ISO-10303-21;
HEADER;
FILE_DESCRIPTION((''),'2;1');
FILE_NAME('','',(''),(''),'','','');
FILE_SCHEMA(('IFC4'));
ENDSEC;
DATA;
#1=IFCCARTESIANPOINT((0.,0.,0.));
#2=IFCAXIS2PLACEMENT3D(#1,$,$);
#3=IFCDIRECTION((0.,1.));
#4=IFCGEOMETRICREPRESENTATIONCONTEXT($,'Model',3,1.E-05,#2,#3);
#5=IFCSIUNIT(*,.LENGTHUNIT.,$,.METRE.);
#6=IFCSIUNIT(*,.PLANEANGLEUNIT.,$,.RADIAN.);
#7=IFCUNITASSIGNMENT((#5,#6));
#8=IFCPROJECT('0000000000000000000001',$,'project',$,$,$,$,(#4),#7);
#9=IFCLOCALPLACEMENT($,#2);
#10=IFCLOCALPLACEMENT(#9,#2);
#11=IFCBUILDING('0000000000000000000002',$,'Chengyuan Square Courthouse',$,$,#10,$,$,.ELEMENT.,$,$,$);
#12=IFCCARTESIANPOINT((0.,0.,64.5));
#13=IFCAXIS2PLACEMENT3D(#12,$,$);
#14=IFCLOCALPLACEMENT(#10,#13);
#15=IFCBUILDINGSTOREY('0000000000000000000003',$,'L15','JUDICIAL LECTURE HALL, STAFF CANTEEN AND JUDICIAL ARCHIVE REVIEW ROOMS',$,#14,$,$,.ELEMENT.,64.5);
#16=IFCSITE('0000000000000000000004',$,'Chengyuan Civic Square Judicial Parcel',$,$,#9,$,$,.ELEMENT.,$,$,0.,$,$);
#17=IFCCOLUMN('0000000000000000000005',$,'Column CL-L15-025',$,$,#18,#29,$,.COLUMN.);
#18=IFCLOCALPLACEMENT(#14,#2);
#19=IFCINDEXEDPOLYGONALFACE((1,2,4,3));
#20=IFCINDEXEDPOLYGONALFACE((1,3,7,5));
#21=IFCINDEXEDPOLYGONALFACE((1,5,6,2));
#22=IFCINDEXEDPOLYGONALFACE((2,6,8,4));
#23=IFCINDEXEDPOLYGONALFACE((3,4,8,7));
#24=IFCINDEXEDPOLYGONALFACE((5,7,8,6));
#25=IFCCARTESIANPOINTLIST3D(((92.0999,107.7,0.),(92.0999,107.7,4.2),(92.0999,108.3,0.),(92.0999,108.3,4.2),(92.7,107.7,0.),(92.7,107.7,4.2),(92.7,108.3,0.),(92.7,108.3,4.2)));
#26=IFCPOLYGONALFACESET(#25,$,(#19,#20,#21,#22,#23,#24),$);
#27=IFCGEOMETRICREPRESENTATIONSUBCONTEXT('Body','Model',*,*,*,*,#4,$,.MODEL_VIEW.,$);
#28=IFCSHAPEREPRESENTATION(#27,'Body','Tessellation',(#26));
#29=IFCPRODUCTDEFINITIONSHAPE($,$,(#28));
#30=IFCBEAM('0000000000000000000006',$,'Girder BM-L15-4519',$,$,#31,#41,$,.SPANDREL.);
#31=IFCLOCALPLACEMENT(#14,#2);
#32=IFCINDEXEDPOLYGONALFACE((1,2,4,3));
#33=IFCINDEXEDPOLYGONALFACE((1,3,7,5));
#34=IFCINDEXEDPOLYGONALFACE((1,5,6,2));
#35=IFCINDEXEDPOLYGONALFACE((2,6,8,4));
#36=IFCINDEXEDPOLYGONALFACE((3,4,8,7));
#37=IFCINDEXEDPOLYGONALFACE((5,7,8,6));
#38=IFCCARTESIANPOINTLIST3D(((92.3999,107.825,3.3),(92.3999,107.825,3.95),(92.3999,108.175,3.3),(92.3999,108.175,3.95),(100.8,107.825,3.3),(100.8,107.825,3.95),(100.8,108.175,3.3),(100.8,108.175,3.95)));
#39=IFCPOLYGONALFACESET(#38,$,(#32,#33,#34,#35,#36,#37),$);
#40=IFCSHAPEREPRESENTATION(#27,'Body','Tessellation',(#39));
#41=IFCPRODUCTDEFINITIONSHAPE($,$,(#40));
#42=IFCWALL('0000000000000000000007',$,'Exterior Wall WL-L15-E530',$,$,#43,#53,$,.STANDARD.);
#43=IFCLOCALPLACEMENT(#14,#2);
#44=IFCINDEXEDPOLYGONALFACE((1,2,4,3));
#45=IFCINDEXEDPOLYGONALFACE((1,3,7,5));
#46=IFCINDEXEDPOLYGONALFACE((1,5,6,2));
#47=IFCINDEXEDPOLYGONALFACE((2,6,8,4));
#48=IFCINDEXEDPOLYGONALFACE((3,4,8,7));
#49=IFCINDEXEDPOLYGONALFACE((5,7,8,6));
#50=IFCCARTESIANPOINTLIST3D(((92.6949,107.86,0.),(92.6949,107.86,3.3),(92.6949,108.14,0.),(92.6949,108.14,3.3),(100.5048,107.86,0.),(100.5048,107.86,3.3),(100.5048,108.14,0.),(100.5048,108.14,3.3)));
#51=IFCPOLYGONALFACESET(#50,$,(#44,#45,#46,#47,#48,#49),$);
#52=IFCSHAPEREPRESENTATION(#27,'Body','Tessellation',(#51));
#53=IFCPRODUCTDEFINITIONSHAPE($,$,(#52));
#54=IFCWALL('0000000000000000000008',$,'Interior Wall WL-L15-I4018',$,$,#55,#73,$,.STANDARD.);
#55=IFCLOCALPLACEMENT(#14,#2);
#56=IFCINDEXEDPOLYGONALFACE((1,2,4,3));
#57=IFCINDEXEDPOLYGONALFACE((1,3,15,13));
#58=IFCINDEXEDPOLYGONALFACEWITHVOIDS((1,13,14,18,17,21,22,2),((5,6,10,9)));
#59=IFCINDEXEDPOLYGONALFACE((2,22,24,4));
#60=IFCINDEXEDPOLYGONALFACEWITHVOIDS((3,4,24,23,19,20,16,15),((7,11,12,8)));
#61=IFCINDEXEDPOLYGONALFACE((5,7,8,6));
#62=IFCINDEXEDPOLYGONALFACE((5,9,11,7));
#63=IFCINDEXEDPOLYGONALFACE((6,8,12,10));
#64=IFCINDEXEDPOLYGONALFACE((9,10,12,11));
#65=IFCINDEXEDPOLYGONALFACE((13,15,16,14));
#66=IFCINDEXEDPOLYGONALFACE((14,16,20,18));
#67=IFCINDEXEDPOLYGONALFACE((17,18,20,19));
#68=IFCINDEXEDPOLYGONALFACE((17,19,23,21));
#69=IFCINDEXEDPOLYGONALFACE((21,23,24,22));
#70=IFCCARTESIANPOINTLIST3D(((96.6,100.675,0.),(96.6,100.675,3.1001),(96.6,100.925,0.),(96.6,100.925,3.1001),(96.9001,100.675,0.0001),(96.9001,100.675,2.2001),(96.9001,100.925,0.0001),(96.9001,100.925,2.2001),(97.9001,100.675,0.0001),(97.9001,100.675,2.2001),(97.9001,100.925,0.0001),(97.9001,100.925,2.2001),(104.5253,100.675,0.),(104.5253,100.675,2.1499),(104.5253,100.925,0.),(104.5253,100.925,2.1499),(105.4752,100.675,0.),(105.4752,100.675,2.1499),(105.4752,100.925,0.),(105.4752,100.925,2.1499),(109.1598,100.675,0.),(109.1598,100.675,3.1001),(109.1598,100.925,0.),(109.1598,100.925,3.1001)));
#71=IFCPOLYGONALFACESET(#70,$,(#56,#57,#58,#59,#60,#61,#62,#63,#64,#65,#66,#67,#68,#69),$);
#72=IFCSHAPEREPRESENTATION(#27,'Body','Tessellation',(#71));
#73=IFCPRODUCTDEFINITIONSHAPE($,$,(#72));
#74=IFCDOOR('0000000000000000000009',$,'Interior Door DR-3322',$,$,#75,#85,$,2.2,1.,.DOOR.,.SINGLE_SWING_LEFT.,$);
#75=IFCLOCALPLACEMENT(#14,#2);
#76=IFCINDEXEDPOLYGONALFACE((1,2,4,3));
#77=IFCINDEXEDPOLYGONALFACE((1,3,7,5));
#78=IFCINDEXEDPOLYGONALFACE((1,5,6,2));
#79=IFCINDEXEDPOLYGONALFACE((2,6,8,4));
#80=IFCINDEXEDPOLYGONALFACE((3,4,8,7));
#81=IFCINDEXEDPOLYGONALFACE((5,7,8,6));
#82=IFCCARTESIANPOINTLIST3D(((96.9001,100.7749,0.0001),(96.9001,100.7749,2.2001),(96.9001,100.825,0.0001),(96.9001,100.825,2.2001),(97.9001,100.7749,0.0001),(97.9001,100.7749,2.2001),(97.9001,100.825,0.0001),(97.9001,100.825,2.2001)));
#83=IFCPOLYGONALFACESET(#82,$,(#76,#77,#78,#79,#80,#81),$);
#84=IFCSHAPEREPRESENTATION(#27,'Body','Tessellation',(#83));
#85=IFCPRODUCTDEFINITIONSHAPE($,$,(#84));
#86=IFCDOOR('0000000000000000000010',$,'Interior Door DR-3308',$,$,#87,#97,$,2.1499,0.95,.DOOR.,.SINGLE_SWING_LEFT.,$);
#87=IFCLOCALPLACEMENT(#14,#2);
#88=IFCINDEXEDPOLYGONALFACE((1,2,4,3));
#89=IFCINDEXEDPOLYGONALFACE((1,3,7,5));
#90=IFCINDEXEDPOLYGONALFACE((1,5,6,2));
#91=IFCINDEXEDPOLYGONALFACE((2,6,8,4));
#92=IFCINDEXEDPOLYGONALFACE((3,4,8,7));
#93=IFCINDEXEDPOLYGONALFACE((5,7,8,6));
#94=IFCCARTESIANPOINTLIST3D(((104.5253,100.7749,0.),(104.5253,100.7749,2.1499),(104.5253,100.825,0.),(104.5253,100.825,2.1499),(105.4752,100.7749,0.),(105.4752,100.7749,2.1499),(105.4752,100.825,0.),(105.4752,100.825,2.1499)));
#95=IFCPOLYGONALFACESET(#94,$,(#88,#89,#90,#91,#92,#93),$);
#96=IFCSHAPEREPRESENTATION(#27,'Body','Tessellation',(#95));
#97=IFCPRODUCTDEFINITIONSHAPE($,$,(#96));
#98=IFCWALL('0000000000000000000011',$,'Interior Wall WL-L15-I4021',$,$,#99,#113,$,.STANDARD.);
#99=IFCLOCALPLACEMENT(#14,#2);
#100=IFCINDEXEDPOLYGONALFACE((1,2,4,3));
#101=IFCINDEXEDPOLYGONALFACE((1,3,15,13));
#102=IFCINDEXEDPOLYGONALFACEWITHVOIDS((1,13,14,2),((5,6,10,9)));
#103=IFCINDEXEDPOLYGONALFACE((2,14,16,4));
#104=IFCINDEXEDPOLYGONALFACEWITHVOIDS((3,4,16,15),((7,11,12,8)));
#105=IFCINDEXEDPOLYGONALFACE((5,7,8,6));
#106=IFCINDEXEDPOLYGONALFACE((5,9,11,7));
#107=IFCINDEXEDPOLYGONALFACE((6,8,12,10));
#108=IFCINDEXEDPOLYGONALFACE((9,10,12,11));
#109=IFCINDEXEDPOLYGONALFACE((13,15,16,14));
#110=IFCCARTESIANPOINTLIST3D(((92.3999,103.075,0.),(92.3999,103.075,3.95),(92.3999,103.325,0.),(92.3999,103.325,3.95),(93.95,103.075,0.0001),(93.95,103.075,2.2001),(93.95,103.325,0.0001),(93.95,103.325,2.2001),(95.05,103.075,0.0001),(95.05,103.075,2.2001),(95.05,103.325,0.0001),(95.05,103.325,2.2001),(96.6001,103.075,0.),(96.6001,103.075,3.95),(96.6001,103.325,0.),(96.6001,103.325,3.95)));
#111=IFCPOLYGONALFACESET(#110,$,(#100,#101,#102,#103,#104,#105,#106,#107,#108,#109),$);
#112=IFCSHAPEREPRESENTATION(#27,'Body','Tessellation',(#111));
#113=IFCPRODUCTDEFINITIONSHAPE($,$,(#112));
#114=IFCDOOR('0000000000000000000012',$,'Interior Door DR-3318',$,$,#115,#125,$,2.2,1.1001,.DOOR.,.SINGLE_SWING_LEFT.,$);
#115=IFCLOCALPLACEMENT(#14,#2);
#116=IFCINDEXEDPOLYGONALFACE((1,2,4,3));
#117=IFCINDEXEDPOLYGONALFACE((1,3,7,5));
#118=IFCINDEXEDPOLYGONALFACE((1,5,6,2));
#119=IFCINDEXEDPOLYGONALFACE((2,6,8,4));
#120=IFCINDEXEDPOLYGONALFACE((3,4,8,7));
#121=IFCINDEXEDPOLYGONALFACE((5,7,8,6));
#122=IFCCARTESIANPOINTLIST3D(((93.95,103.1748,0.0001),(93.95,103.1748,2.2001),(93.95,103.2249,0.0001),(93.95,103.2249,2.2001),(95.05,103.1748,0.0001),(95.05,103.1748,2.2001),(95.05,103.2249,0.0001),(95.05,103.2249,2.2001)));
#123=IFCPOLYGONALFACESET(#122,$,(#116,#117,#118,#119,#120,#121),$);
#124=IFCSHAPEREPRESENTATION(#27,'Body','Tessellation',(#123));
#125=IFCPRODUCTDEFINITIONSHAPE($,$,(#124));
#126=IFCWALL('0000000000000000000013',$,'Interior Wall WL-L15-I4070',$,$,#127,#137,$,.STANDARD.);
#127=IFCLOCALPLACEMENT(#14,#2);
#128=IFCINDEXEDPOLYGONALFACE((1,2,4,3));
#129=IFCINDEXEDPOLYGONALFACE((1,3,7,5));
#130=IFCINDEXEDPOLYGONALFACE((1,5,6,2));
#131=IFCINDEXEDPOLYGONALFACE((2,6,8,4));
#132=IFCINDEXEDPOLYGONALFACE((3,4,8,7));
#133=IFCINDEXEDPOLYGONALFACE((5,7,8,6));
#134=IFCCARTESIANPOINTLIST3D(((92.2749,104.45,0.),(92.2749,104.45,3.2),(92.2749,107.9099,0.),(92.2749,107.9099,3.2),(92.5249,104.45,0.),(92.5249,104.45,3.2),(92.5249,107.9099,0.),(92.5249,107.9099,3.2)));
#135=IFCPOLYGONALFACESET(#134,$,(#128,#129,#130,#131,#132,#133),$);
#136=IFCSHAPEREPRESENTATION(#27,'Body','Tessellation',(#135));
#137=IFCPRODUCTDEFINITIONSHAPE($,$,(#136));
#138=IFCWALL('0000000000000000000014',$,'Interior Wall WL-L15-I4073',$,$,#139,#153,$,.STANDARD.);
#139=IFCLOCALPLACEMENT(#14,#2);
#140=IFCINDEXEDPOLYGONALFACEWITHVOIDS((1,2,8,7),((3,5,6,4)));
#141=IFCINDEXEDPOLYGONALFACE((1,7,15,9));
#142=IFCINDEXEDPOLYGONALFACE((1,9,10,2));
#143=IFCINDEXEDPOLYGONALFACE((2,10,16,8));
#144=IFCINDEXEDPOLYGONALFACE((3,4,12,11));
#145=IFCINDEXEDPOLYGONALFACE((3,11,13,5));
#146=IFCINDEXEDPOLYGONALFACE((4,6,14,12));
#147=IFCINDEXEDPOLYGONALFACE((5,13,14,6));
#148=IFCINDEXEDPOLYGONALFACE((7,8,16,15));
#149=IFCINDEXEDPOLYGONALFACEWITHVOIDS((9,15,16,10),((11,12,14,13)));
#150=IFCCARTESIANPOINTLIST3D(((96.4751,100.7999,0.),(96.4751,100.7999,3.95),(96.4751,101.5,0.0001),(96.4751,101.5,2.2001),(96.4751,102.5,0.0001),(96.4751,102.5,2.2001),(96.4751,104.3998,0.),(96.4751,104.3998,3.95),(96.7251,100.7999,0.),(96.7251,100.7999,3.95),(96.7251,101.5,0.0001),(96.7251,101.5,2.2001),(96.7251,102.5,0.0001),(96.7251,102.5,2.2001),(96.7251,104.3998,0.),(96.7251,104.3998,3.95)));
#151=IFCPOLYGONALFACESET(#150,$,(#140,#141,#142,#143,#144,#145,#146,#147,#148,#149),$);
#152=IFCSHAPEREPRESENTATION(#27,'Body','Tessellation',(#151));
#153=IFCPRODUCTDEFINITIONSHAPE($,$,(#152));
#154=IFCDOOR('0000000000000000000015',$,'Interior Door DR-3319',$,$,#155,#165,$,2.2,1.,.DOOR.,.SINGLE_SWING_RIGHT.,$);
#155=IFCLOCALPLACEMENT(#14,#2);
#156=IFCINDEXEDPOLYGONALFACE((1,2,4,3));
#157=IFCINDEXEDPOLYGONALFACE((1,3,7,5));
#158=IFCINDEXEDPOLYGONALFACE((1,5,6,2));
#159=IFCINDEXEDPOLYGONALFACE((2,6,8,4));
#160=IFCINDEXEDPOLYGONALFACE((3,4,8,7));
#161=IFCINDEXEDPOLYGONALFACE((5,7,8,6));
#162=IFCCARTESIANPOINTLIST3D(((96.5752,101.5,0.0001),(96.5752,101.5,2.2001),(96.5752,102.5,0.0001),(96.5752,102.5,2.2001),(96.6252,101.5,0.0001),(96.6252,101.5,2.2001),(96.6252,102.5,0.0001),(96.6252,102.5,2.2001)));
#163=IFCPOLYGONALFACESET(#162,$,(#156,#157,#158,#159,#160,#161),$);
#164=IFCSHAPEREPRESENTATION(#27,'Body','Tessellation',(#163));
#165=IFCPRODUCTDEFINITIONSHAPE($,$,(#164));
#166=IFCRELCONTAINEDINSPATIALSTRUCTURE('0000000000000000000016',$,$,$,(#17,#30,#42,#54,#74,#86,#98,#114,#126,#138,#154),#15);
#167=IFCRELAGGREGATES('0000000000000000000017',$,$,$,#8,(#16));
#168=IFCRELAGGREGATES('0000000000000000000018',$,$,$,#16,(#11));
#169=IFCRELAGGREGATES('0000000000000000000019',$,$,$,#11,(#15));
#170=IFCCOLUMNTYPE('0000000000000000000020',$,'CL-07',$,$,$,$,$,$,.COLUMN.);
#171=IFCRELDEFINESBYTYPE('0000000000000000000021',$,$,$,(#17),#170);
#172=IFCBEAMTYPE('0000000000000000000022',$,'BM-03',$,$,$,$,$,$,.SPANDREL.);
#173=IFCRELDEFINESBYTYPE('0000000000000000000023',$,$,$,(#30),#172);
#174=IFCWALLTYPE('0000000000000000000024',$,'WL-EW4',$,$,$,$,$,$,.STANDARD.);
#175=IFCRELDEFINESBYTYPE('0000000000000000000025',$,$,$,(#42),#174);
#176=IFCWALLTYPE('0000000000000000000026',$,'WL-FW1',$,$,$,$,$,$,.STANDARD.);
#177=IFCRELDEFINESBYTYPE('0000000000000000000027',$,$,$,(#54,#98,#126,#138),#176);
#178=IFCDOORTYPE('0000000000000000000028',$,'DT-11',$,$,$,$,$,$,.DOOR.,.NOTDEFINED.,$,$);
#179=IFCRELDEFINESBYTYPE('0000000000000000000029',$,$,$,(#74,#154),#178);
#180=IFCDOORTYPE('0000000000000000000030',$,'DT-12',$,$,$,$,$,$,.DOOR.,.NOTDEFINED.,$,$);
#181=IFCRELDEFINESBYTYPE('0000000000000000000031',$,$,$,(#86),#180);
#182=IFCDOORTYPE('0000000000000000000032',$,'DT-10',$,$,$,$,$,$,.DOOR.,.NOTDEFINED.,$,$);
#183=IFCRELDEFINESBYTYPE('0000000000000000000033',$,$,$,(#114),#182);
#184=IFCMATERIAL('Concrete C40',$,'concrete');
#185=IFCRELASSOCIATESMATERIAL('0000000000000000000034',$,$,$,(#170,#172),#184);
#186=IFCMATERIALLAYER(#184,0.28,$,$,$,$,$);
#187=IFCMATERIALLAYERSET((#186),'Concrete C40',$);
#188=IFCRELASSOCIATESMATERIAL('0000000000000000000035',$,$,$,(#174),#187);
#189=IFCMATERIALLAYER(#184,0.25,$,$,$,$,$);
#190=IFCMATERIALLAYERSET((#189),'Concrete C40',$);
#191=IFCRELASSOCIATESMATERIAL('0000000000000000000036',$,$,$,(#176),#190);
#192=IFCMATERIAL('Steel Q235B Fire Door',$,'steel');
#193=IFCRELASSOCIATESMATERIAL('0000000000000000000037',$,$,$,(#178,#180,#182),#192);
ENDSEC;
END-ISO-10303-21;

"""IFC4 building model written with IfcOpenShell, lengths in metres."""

from ifc_helpers import new_model, si_unit, direction, frame, frame_2d, origin, origin_2d, place, context, subcontext, project, spatial, rectangle, extrude, material, layer, layer_set, material_profile, profile_set, type_object, element, fill, save


model = new_model("IFC4")

# Units and contexts
model_context = context("Model", 3, precision=1e-05, world=origin(), true_north=direction((0.0, 1.0)))
body_context = subcontext(model_context, "Body", "Model", "MODEL_VIEW")
ifc_project = project(units=[si_unit("LENGTHUNIT", "METRE"), si_unit("PLANEANGLEUNIT", "RADIAN")], contexts=[model_context])

# Site, building, storey
site_placement = place(None, origin())
site = spatial("IfcSite", under=ifc_project, at=site_placement, Name="Chengyuan Civic Square Judicial Parcel", CompositionType="ELEMENT", RefElevation=0.0)
building_placement = place(site_placement, origin())
building = spatial("IfcBuilding", under=site, at=building_placement, Name="Chengyuan Square Courthouse", CompositionType="ELEMENT")
storey_placement = place(building_placement, frame((0.0, 0.0, 64.5)))
storey = spatial("IfcBuildingStorey", under=building, at=storey_placement, Name="L15", Description="JUDICIAL LECTURE HALL, STAFF CANTEEN AND JUDICIAL ARCHIVE REVIEW ROOMS", CompositionType="ELEMENT", Elevation=64.5)

# Column
ifc_material_1 = material(Name="Concrete C40", Category="concrete")
ifc_material_profile_1 = material_profile(ifc_material_1, rectangle(XDim=0.6001, YDim=0.6001, at=origin_2d()), Name="RC-COL-600x600")
ifc_profile_set_1 = profile_set([ifc_material_profile_1], Name="Concrete C40")
column_type = type_object("IfcColumnType", Name="CL-07", PredefinedType="COLUMN", material=ifc_profile_set_1)
column_placement = place(storey_placement, frame((92.3999, 108.0, 0.0), z_axis=(0.0, 0.0, 1.0), x_axis=(1.0, 0.0, 0.0)))
element("IfcColumn", 1, at=column_placement, inside=storey, type_object=column_type, Name="Column CL-L15-025", PredefinedType="COLUMN", context=body_context, shape_type="SweptSolid", body=[
    extrude(rectangle(XDim=0.6001, YDim=0.6001, at=origin_2d()), origin(), (0.0, 0.0, 1.0), 4.2),
])

# Beam
ifc_material_profile_2 = material_profile(ifc_material_1, rectangle(XDim=0.3501, YDim=0.6499, at=origin_2d()), Name="RC-BM-350x650")
ifc_profile_set_2 = profile_set([ifc_material_profile_2], Name="Concrete C40")
beam_type = type_object("IfcBeamType", Name="BM-03", PredefinedType="SPANDREL", material=ifc_profile_set_2)
beam_placement = place(storey_placement, frame((92.3999, 108.0, 3.625), z_axis=(1.0, 0.0, 0.0), x_axis=(0.0, 1.0, 0.0)))
element("IfcBeam", 2, at=beam_placement, inside=storey, type_object=beam_type, Name="Girder BM-L15-4519", PredefinedType="SPANDREL", context=body_context, shape_type="SweptSolid", body=[
    extrude(rectangle(XDim=0.3501, YDim=0.6499, at=origin_2d()), origin(), (0.0, 0.0, 1.0), 8.4001),
])

# Wall
ifc_layer_1 = layer(ifc_material_1, 0.28)
ifc_layer_set_1 = layer_set([ifc_layer_1], Name="Concrete C40")
wall_type_1 = type_object("IfcWallType", Name="WL-EW4", PredefinedType="STANDARD", material=ifc_layer_set_1)
wall_1_placement = place(storey_placement, frame((92.6951, 108.0, 0.0), z_axis=(0.0, 0.0, 1.0), x_axis=(1.0, 0.0, 0.0)))
element("IfcWall", 3, at=wall_1_placement, inside=storey, type_object=wall_type_1, Name="Exterior Wall WL-L15-E530", PredefinedType="STANDARD", context=body_context, shape_type="SweptSolid", body=[
    extrude(rectangle(XDim=7.8098, YDim=0.28, at=frame_2d((3.9048, 0.0))), origin(), (0.0, 0.0, 1.0), 3.3),
])

# Wall, openings, doors
ifc_layer_2 = layer(ifc_material_1, 0.25)
ifc_layer_set_2 = layer_set([ifc_layer_2], Name="Concrete C40")
wall_type_2 = type_object("IfcWallType", Name="WL-FW1", PredefinedType="STANDARD", material=ifc_layer_set_2)
wall_2_placement = place(storey_placement, frame((96.6001, 100.8, 0.0), z_axis=(0.0, 0.0, 1.0), x_axis=(1.0, 0.0, 0.0)))
wall_2 = element("IfcWall", 4, at=wall_2_placement, inside=storey, type_object=wall_type_2, Name="Interior Wall WL-L15-I4018", PredefinedType="STANDARD", context=body_context, shape_type="SweptSolid", body=[
    extrude(rectangle(XDim=12.5598, YDim=0.25, at=frame_2d((6.2798, 0.0))), origin(), (0.0, 0.0, 1.0), 3.1001),
])
opening_1_placement = place(wall_2_placement, frame((7.925, 0.0, 0.0)))
opening_1 = element("IfcOpeningElement", 5, at=opening_1_placement, cuts=wall_2, PredefinedType="OPENING", context=body_context, shape_type="SweptSolid", body=[
    extrude(rectangle(XDim=0.95, YDim=2.1499, at=frame_2d((0.4751, 1.075))), frame((0.0, 0.137, 0.0), z_axis=(0.0, -1.0, 0.0), x_axis=(1.0, 0.0, 0.0)), (0.0, 0.0, 1.0), 0.2739),
])
opening_2_placement = place(wall_2_placement, frame((0.3, 0.0, 0.0)))
opening_2 = element("IfcOpeningElement", 6, at=opening_2_placement, cuts=wall_2, PredefinedType="OPENING", context=body_context, shape_type="SweptSolid", body=[
    extrude(rectangle(XDim=1.0, YDim=2.2, at=frame_2d((0.5, 1.1001))), frame((0.0, 0.137, 0.0), z_axis=(0.0, -1.0, 0.0), x_axis=(1.0, 0.0, 0.0)), (0.0, 0.0, 1.0), 0.2739),
])
ifc_material_2 = material(Name="Steel Q235B Fire Door", Category="steel")
door_type_1 = type_object("IfcDoorType", Name="DT-11", OperationType="NOTDEFINED", PredefinedType="DOOR", material=ifc_material_2)
door_1_placement = place(opening_2_placement, origin())
door_1 = element("IfcDoor", 7, at=door_1_placement, inside=storey, type_object=door_type_1, Name="Interior Door DR-3322", OperationType="SINGLE_SWING_LEFT", OverallHeight=2.2, OverallWidth=1.0, PredefinedType="DOOR", context=body_context, shape_type="SweptSolid", body=[
    extrude(rectangle(XDim=1.0, YDim=2.2, at=frame_2d((0.5, 1.1001))), frame((0.0, 0.0249, 0.0), z_axis=(0.0, -1.0, 0.0), x_axis=(1.0, 0.0, 0.0)), (0.0, 0.0, 1.0), 0.05),
])
fill(opening_2, door_1)
door_type_2 = type_object("IfcDoorType", Name="DT-12", OperationType="NOTDEFINED", PredefinedType="DOOR", material=ifc_material_2)
door_2_placement = place(opening_1_placement, origin())
door_2 = element("IfcDoor", 8, at=door_2_placement, inside=storey, type_object=door_type_2, Name="Interior Door DR-3308", OperationType="SINGLE_SWING_LEFT", OverallHeight=2.1499, OverallWidth=0.95, PredefinedType="DOOR", context=body_context, shape_type="SweptSolid", body=[
    extrude(rectangle(XDim=0.95, YDim=2.1499, at=frame_2d((0.4751, 1.075))), frame((0.0, 0.0249, 0.0), z_axis=(0.0, -1.0, 0.0), x_axis=(1.0, 0.0, 0.0)), (0.0, 0.0, 1.0), 0.05),
])
fill(opening_1, door_2)

# Wall, opening, door
wall_3_placement = place(storey_placement, frame((92.3999, 103.2, 0.0), z_axis=(0.0, 0.0, 1.0), x_axis=(1.0, 0.0, 0.0)))
wall_3 = element("IfcWall", 9, at=wall_3_placement, inside=storey, type_object=wall_type_2, Name="Interior Wall WL-L15-I4021", PredefinedType="STANDARD", context=body_context, shape_type="SweptSolid", body=[
    extrude(rectangle(XDim=4.2002, YDim=0.25, at=frame_2d((2.1001, 0.0))), origin(), (0.0, 0.0, 1.0), 3.95),
])
opening_3_placement = place(wall_3_placement, frame((1.55, 0.0, 0.0)))
opening_3 = element("IfcOpeningElement", 10, at=opening_3_placement, cuts=wall_3, PredefinedType="OPENING", context=body_context, shape_type="SweptSolid", body=[
    extrude(rectangle(XDim=1.1001, YDim=2.2, at=frame_2d((0.55, 1.1001))), frame((0.0, 0.137, 0.0), z_axis=(0.0, -1.0, 0.0), x_axis=(1.0, 0.0, 0.0)), (0.0, 0.0, 1.0), 0.2739),
])
door_type_3 = type_object("IfcDoorType", Name="DT-10", OperationType="NOTDEFINED", PredefinedType="DOOR", material=ifc_material_2)
door_3_placement = place(opening_3_placement, origin())
door_3 = element("IfcDoor", 11, at=door_3_placement, inside=storey, type_object=door_type_3, Name="Interior Door DR-3318", OperationType="SINGLE_SWING_LEFT", OverallHeight=2.2, OverallWidth=1.1001, PredefinedType="DOOR", context=body_context, shape_type="SweptSolid", body=[
    extrude(rectangle(XDim=1.1001, YDim=2.2, at=frame_2d((0.55, 1.1001))), frame((0.0, 0.0249, 0.0), z_axis=(0.0, -1.0, 0.0), x_axis=(1.0, 0.0, 0.0)), (0.0, 0.0, 1.0), 0.05),
])
fill(opening_3, door_3)

# Wall
wall_4_placement = place(storey_placement, frame((92.3999, 104.45, 0.0), z_axis=(0.0, 0.0, 1.0), x_axis=(0.0, 1.0, 0.0)))
element("IfcWall", 12, at=wall_4_placement, inside=storey, type_object=wall_type_2, Name="Interior Wall WL-L15-I4070", PredefinedType="STANDARD", context=body_context, shape_type="SweptSolid", body=[
    extrude(rectangle(XDim=3.46, YDim=0.25, at=frame_2d((1.73, 0.0))), origin(), (0.0, 0.0, 1.0), 3.2),
])

# Wall, opening, door
wall_5_placement = place(storey_placement, frame((96.6001, 100.8, 0.0), z_axis=(0.0, 0.0, 1.0), x_axis=(0.0, 1.0, 0.0)))
wall_5 = element("IfcWall", 13, at=wall_5_placement, inside=storey, type_object=wall_type_2, Name="Interior Wall WL-L15-I4073", PredefinedType="STANDARD", context=body_context, shape_type="SweptSolid", body=[
    extrude(rectangle(XDim=3.5999, YDim=0.25, at=frame_2d((1.7998, 0.0))), origin(), (0.0, 0.0, 1.0), 3.95),
])
opening_4_placement = place(wall_5_placement, frame((0.7, 0.0, 0.0)))
opening_4 = element("IfcOpeningElement", 14, at=opening_4_placement, cuts=wall_5, PredefinedType="OPENING", context=body_context, shape_type="SweptSolid", body=[
    extrude(rectangle(XDim=1.0, YDim=2.2, at=frame_2d((0.5, 1.1001))), frame((0.0, 0.137, 0.0), z_axis=(0.0, -1.0, 0.0), x_axis=(1.0, 0.0, 0.0)), (0.0, 0.0, 1.0), 0.2739),
])
door_4_placement = place(opening_4_placement, origin())
door_4 = element("IfcDoor", 15, at=door_4_placement, inside=storey, type_object=door_type_1, Name="Interior Door DR-3319", OperationType="SINGLE_SWING_RIGHT", OverallHeight=2.2, OverallWidth=1.0, PredefinedType="DOOR", context=body_context, shape_type="SweptSolid", body=[
    extrude(rectangle(XDim=1.0, YDim=2.2, at=frame_2d((0.5, 1.1001))), frame((0.0, 0.0249, 0.0), z_axis=(0.0, -1.0, 0.0), x_axis=(1.0, 0.0, 0.0)), (0.0, 0.0, 1.0), 0.05),
])
fill(opening_4, door_4)

save(model, "model.ifc")
